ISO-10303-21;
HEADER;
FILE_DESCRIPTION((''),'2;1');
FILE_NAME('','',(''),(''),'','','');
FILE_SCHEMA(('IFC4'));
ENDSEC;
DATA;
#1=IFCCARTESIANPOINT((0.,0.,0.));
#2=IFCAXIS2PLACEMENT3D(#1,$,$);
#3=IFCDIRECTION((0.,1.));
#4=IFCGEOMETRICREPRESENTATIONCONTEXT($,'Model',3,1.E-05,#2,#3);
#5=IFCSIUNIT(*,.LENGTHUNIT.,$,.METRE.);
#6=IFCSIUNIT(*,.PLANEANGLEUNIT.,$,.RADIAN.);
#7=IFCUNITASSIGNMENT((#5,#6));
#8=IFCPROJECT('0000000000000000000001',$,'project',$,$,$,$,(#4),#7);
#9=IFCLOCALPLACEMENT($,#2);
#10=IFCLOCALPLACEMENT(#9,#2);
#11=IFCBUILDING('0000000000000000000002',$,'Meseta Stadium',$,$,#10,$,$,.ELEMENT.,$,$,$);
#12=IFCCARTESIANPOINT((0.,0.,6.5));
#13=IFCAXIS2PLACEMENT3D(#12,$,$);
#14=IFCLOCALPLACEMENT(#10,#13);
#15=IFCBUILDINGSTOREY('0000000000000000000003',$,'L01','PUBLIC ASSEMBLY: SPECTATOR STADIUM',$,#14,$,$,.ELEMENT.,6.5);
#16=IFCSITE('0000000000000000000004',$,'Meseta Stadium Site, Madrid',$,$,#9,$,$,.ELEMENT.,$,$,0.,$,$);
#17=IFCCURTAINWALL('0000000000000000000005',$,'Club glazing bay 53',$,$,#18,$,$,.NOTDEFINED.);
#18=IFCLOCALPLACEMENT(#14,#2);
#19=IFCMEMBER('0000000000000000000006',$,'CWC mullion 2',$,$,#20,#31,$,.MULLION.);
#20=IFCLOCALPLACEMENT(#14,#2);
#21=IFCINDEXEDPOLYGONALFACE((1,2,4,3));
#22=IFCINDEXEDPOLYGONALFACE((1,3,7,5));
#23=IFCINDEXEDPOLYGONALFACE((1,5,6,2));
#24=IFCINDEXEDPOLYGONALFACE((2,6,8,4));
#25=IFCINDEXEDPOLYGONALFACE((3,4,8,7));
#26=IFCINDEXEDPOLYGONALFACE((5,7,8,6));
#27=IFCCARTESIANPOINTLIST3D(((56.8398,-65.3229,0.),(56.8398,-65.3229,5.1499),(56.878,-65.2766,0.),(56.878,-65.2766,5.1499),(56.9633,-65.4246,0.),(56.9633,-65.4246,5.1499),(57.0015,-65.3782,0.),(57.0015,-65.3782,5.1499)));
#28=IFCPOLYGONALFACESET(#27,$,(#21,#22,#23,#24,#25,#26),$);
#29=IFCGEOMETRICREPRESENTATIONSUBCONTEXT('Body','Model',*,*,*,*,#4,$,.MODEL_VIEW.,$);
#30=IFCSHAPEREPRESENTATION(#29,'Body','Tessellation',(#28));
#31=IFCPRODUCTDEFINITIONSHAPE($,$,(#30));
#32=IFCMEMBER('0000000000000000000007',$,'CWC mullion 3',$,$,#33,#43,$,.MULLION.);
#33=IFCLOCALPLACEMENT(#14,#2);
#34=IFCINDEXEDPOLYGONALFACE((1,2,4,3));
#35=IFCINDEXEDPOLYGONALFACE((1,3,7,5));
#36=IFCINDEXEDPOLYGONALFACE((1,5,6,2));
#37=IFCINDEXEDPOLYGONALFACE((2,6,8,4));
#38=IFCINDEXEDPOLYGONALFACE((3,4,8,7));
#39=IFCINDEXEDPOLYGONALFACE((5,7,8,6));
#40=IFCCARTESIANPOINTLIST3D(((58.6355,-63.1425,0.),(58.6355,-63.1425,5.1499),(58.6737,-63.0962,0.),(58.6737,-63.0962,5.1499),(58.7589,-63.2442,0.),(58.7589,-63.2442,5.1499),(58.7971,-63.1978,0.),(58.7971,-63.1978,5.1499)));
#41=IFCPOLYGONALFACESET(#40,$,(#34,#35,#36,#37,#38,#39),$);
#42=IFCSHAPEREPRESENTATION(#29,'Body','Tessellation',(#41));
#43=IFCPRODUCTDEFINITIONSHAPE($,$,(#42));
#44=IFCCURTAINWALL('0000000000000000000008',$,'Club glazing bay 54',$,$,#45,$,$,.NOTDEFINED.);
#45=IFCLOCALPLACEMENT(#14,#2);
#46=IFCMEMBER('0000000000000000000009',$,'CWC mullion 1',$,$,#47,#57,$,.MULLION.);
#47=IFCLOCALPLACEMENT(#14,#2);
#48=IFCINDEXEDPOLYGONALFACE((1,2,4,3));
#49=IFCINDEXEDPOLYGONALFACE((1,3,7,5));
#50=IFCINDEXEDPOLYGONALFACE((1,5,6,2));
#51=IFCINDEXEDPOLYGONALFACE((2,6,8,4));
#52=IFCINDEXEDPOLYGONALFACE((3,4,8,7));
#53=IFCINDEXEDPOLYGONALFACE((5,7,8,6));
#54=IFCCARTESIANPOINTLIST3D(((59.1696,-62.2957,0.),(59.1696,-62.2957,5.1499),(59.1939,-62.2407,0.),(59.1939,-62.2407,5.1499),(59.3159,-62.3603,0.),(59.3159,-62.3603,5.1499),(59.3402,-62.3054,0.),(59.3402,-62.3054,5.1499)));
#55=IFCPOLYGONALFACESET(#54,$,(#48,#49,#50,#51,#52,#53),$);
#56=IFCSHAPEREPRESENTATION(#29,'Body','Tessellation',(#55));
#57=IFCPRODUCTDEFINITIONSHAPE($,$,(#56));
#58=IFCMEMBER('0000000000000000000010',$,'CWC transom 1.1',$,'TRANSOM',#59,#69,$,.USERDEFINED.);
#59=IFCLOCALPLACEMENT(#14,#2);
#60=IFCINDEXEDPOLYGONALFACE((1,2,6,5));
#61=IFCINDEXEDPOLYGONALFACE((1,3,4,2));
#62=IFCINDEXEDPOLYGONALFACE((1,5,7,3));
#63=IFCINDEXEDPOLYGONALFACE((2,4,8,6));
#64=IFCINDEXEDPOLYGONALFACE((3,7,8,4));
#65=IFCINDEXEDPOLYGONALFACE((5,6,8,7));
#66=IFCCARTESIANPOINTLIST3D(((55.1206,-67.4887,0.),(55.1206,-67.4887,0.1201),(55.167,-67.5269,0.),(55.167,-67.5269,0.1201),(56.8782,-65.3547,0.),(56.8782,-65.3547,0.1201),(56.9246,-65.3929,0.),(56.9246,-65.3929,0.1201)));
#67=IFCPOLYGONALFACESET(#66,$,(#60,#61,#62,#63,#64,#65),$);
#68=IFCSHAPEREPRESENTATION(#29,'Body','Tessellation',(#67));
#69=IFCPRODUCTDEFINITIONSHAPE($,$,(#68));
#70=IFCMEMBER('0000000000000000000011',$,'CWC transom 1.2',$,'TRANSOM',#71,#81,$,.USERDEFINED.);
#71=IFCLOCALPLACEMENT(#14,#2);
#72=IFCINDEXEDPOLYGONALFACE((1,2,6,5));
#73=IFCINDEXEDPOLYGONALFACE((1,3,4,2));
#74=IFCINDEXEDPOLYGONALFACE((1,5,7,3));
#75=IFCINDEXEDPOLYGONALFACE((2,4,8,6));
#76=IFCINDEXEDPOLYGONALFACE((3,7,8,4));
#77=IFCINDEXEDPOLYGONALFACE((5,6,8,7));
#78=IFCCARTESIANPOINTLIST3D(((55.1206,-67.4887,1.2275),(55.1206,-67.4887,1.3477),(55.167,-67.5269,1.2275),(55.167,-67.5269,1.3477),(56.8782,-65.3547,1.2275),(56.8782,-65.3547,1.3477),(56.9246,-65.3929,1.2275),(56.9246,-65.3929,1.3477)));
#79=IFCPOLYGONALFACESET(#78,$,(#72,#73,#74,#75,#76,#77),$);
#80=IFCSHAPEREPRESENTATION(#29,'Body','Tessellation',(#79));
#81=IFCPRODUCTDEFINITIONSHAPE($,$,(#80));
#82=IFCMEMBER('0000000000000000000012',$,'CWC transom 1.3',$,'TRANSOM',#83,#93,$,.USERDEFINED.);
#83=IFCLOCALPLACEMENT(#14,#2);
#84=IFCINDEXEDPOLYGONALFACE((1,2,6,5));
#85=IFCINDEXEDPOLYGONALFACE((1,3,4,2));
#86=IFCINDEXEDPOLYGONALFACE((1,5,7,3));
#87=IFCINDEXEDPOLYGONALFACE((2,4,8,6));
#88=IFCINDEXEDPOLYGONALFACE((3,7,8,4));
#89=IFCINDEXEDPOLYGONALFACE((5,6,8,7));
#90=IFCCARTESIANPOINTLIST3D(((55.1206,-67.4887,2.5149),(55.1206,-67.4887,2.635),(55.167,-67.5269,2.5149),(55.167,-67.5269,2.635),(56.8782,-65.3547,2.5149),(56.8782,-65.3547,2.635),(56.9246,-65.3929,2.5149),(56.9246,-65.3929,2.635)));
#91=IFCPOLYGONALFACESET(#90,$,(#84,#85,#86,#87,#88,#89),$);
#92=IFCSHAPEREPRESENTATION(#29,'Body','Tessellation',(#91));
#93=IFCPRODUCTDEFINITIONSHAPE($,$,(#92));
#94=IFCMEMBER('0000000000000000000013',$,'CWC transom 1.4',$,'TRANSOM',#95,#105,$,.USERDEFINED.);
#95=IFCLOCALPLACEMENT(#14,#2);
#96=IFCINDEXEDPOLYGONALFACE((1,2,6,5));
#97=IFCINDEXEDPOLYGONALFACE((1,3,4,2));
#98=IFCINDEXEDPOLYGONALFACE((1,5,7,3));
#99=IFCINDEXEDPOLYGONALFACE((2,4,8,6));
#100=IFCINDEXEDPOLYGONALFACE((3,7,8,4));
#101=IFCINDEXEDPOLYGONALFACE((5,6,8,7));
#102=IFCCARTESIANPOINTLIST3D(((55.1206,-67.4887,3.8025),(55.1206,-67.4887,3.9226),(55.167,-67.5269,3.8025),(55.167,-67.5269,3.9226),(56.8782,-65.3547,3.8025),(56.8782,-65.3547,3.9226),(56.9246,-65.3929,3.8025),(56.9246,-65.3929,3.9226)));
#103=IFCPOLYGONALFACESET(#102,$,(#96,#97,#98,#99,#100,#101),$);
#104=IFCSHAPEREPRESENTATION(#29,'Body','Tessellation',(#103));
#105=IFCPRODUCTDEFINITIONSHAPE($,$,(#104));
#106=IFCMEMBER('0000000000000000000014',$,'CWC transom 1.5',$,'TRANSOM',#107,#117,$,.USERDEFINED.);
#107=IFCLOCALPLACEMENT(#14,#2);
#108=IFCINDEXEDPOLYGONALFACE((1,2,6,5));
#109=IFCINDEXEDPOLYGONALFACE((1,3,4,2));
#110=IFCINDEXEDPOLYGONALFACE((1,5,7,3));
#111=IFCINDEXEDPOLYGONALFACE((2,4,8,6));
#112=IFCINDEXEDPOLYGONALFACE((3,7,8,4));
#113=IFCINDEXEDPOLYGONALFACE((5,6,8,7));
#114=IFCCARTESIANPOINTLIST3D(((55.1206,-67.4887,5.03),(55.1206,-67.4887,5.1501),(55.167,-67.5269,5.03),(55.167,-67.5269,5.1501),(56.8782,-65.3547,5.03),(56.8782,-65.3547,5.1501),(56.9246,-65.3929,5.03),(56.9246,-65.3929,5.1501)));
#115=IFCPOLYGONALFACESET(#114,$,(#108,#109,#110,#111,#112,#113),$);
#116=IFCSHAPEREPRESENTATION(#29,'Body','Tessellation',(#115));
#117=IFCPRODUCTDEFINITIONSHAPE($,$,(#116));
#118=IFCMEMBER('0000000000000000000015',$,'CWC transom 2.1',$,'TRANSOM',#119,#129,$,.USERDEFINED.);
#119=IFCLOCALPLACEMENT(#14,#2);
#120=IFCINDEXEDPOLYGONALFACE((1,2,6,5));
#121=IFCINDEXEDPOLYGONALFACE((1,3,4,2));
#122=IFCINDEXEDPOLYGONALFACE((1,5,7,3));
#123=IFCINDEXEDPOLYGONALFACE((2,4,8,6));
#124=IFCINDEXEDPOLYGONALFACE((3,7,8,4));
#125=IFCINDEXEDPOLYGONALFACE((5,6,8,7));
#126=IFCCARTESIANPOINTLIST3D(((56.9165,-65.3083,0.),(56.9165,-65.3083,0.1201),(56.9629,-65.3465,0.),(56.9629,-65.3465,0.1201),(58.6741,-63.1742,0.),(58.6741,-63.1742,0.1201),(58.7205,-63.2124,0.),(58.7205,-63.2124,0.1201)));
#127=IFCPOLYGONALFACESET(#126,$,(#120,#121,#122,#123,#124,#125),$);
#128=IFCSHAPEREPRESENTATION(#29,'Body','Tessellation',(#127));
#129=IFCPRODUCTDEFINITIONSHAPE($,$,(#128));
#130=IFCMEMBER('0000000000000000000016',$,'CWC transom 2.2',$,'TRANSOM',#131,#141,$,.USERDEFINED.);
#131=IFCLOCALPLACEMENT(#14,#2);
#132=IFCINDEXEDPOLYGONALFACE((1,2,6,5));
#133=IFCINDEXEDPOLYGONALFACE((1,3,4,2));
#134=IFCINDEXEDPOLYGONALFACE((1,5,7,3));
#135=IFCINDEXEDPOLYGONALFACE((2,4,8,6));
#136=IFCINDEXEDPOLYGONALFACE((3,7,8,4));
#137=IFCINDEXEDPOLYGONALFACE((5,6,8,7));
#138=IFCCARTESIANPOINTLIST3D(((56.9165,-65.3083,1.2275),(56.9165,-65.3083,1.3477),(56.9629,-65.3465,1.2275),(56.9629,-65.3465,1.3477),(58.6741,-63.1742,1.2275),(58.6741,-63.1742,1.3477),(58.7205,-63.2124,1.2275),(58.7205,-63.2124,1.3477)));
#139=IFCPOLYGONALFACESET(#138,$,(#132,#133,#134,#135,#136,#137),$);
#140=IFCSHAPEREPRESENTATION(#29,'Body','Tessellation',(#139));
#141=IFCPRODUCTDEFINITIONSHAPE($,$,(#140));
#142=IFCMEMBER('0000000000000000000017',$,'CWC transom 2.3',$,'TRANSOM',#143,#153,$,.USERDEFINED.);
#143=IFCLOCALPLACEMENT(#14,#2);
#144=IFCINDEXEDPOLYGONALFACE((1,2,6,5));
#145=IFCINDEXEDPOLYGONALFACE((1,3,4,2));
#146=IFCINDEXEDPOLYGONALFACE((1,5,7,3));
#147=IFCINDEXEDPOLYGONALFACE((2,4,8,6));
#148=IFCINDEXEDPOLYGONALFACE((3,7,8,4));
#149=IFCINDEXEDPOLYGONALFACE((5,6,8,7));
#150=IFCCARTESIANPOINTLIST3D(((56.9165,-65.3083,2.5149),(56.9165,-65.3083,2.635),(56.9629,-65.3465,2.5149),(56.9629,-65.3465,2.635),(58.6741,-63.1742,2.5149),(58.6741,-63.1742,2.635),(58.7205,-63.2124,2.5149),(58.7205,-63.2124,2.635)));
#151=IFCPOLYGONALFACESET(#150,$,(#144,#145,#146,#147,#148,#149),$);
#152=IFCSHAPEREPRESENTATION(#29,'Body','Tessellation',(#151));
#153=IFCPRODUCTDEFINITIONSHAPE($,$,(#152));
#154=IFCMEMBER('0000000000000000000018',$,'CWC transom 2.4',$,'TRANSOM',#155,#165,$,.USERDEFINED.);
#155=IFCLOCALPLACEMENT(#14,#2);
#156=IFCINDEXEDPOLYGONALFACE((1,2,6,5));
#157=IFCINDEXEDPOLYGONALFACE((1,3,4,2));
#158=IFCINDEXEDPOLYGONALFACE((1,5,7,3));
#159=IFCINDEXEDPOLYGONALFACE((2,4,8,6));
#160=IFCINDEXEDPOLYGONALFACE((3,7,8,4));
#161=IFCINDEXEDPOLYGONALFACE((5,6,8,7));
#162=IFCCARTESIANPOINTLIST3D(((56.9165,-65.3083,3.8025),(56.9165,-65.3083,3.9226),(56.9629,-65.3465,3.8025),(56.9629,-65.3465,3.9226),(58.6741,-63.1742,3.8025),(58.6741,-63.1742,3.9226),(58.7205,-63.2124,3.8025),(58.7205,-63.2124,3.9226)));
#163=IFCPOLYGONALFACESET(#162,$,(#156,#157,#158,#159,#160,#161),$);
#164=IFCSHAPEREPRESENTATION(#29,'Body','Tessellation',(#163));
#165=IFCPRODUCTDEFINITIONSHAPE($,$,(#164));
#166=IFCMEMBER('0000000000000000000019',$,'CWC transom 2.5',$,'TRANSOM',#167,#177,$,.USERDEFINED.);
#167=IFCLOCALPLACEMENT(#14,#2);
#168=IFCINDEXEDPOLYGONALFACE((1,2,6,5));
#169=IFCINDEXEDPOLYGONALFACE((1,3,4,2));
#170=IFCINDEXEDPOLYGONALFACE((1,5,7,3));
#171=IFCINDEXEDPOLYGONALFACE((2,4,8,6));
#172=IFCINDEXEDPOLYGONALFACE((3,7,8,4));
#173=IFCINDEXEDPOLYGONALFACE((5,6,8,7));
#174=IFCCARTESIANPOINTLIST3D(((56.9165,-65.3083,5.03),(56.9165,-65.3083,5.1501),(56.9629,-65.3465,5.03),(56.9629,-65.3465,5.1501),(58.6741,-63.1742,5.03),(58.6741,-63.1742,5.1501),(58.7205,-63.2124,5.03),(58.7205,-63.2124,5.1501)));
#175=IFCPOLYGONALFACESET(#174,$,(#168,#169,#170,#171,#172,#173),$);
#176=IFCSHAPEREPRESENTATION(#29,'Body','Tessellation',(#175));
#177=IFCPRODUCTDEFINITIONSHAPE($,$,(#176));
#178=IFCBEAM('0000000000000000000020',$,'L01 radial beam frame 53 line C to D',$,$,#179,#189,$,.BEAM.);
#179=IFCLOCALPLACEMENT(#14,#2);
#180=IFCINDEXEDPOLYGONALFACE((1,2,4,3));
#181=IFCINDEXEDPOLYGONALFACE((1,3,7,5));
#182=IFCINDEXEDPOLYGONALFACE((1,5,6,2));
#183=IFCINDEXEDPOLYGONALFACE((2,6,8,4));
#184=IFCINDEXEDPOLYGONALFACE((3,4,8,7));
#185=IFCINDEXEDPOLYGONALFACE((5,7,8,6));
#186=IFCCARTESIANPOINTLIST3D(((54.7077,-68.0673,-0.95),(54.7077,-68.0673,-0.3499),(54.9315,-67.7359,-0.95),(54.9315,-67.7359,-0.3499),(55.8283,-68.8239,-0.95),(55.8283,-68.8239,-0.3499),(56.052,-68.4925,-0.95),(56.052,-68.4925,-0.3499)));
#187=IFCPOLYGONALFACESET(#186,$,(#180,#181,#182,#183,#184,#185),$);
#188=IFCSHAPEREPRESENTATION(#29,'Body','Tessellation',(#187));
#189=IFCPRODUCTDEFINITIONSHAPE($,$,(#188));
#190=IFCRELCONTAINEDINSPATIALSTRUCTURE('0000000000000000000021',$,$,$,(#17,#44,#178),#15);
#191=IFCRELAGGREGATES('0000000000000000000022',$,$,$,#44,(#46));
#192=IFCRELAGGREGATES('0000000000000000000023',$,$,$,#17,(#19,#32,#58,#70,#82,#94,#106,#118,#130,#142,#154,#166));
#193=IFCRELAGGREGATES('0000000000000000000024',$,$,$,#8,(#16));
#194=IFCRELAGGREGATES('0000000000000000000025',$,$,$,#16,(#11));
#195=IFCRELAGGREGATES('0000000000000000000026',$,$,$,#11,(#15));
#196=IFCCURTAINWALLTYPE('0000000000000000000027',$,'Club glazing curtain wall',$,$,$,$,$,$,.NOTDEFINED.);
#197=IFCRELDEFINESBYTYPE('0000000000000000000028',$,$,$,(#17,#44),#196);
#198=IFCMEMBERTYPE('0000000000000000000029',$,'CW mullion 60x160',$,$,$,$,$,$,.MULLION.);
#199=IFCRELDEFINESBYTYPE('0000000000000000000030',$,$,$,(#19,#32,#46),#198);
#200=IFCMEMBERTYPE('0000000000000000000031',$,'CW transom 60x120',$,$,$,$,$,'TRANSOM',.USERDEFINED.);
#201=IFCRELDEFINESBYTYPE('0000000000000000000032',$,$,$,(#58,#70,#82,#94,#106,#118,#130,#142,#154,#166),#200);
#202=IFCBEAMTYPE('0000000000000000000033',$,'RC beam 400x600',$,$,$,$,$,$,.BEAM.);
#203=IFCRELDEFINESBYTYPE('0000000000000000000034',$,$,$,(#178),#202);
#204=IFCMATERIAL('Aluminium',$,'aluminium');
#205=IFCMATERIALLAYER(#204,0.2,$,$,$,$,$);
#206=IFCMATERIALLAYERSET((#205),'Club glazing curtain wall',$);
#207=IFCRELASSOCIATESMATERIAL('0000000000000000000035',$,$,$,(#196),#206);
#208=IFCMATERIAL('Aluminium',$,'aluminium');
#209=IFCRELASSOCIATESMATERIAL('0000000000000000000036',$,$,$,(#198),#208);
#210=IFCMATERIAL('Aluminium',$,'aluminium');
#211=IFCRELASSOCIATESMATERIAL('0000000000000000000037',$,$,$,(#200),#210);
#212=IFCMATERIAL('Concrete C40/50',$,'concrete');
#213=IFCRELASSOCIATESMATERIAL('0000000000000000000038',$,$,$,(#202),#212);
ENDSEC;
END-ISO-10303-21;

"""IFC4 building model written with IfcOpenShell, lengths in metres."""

from ifc_helpers import new_model, si_unit, direction, frame, origin, origin_2d, place, context, subcontext, project, spatial, rectangle, extrude, material, layer, layer_set, material_profile, profile_set, type_object, element, aggregate, save


model = new_model("IFC4")

# Units and contexts
model_context = context("Model", 3, precision=1e-05, world=origin(), true_north=direction((0.0, 1.0)))
body_context = subcontext(model_context, "Body", "Model", "MODEL_VIEW")
ifc_project = project(units=[si_unit("LENGTHUNIT", "METRE"), si_unit("PLANEANGLEUNIT", "RADIAN")], contexts=[model_context])

# Site, building, storey
site_placement = place(None, origin())
site = spatial("IfcSite", under=ifc_project, at=site_placement, Name="Meseta Stadium Site, Madrid", CompositionType="ELEMENT", RefElevation=0.0)
building_placement = place(site_placement, origin())
building = spatial("IfcBuilding", under=site, at=building_placement, Name="Meseta Stadium", CompositionType="ELEMENT")
storey_placement = place(building_placement, frame((0.0, 0.0, 6.5)))
storey = spatial("IfcBuildingStorey", under=building, at=storey_placement, Name="L01", Description="PUBLIC ASSEMBLY: SPECTATOR STADIUM", CompositionType="ELEMENT", Elevation=6.5)

# Shared definitions
ifc_material_1 = material(Name="Aluminium", Category="aluminium")
ifc_layer_1 = layer(ifc_material_1, 0.2)
ifc_layer_set_1 = layer_set([ifc_layer_1], Name="Club glazing curtain wall")
curtain_wall_type = type_object("IfcCurtainWallType", Name="Club glazing curtain wall", PredefinedType="NOTDEFINED", material=ifc_layer_set_1)
ifc_material_2 = material(Name="Aluminium", Category="aluminium")
ifc_material_profile_1 = material_profile(ifc_material_2, rectangle(XDim=0.1599, YDim=0.0601, at=origin_2d()), Name="CW 160x60")
ifc_profile_set_1 = profile_set([ifc_material_profile_1], Name="Aluminium")
member_type_1 = type_object("IfcMemberType", Name="CW mullion 60x160", PredefinedType="MULLION", material=ifc_profile_set_1)

# Curtain wall, members
curtain_wall_1_placement = place(storey_placement, origin())
curtain_wall_1 = element("IfcCurtainWall", 1, at=curtain_wall_1_placement, inside=storey, type_object=curtain_wall_type, Name="Club glazing bay 53", PredefinedType="NOTDEFINED")
member_1_placement = place(storey_placement, frame((56.9207, -65.3506, 0.0), z_axis=(0.0, 0.0, 1.0), x_axis=(-0.771902, 0.635741, 0.0)))
member_1 = element("IfcMember", 2, at=member_1_placement, type_object=member_type_1, Name="CWC mullion 2", PredefinedType="MULLION", context=body_context, shape_type="SweptSolid", body=[
    extrude(rectangle(XDim=0.1599, YDim=0.0601, at=origin_2d()), origin(), (0.0, 0.0, 1.0), 5.1499),
])
member_2_placement = place(storey_placement, frame((58.7163, -63.1702, 0.0), z_axis=(0.0, 0.0, 1.0), x_axis=(-0.771902, 0.635741, 0.0)))
member_2 = element("IfcMember", 3, at=member_2_placement, type_object=member_type_1, Name="CWC mullion 3", PredefinedType="MULLION", context=body_context, shape_type="SweptSolid", body=[
    extrude(rectangle(XDim=0.1599, YDim=0.0601, at=origin_2d()), origin(), (0.0, 0.0, 1.0), 5.1499),
])

# Curtain wall, member
curtain_wall_2_placement = place(storey_placement, origin())
curtain_wall_2 = element("IfcCurtainWall", 4, at=curtain_wall_2_placement, inside=storey, type_object=curtain_wall_type, Name="Club glazing bay 54", PredefinedType="NOTDEFINED")
member_3_placement = place(storey_placement, frame((59.2549, -62.3005, 0.0), z_axis=(0.0, 0.0, 1.0), x_axis=(-0.914657, 0.40423, 0.0)))
member_3 = element("IfcMember", 5, at=member_3_placement, type_object=member_type_1, Name="CWC mullion 1", PredefinedType="MULLION", context=body_context, shape_type="SweptSolid", body=[
    extrude(rectangle(XDim=0.1599, YDim=0.0601, at=origin_2d()), origin(), (0.0, 0.0, 1.0), 5.1499),
])
aggregate(curtain_wall_2, [member_3])

# Members
ifc_material_3 = material(Name="Aluminium", Category="aluminium")
ifc_material_profile_2 = material_profile(ifc_material_3, rectangle(XDim=0.0601, YDim=0.1201, at=origin_2d()), Name="CW 60x120")
ifc_profile_set_2 = profile_set([ifc_material_profile_2], Name="Aluminium")
member_type_2 = type_object("IfcMemberType", Name="CW transom 60x120", ElementType="TRANSOM", PredefinedType="USERDEFINED", material=ifc_profile_set_2)
member_4_placement = place(storey_placement, frame((55.1438, -67.5078, 0.0601), z_axis=(0.635735, 0.771907, 0.0), x_axis=(-0.771907, 0.635735, 0.0)))
member_4 = element("IfcMember", 6, at=member_4_placement, type_object=member_type_2, Name="CWC transom 1.1", ObjectType="TRANSOM", PredefinedType="USERDEFINED", context=body_context, shape_type="SweptSolid", body=[
    extrude(rectangle(XDim=0.0601, YDim=0.1201, at=origin_2d()), origin(), (0.0, 0.0, 1.0), 2.7646),
])
member_5_placement = place(storey_placement, frame((55.1438, -67.5078, 1.2876), z_axis=(0.635735, 0.771907, 0.0), x_axis=(-0.771907, 0.635735, 0.0)))
member_5 = element("IfcMember", 7, at=member_5_placement, type_object=member_type_2, Name="CWC transom 1.2", ObjectType="TRANSOM", PredefinedType="USERDEFINED", context=body_context, shape_type="SweptSolid", body=[
    extrude(rectangle(XDim=0.0601, YDim=0.1201, at=origin_2d()), origin(), (0.0, 0.0, 1.0), 2.7646),
])
member_6_placement = place(storey_placement, frame((55.1438, -67.5078, 2.575), z_axis=(0.635735, 0.771907, 0.0), x_axis=(-0.771907, 0.635735, 0.0)))
member_6 = element("IfcMember", 8, at=member_6_placement, type_object=member_type_2, Name="CWC transom 1.3", ObjectType="TRANSOM", PredefinedType="USERDEFINED", context=body_context, shape_type="SweptSolid", body=[
    extrude(rectangle(XDim=0.0601, YDim=0.1201, at=origin_2d()), origin(), (0.0, 0.0, 1.0), 2.7646),
])
member_7_placement = place(storey_placement, frame((55.1438, -67.5078, 3.8625), z_axis=(0.635735, 0.771907, 0.0), x_axis=(-0.771907, 0.635735, 0.0)))
member_7 = element("IfcMember", 9, at=member_7_placement, type_object=member_type_2, Name="CWC transom 1.4", ObjectType="TRANSOM", PredefinedType="USERDEFINED", context=body_context, shape_type="SweptSolid", body=[
    extrude(rectangle(XDim=0.0601, YDim=0.1201, at=origin_2d()), origin(), (0.0, 0.0, 1.0), 2.7646),
])
member_8_placement = place(storey_placement, frame((55.1438, -67.5078, 5.0901), z_axis=(0.635735, 0.771907, 0.0), x_axis=(-0.771907, 0.635735, 0.0)))
member_8 = element("IfcMember", 10, at=member_8_placement, type_object=member_type_2, Name="CWC transom 1.5", ObjectType="TRANSOM", PredefinedType="USERDEFINED", context=body_context, shape_type="SweptSolid", body=[
    extrude(rectangle(XDim=0.0601, YDim=0.1201, at=origin_2d()), origin(), (0.0, 0.0, 1.0), 2.7646),
])
member_9_placement = place(storey_placement, frame((56.9397, -65.3274, 0.0601), z_axis=(0.635735, 0.771907, 0.0), x_axis=(-0.771907, 0.635735, 0.0)))
member_9 = element("IfcMember", 11, at=member_9_placement, type_object=member_type_2, Name="CWC transom 2.1", ObjectType="TRANSOM", PredefinedType="USERDEFINED", context=body_context, shape_type="SweptSolid", body=[
    extrude(rectangle(XDim=0.0601, YDim=0.1201, at=origin_2d()), origin(), (0.0, 0.0, 1.0), 2.7646),
])
member_10_placement = place(storey_placement, frame((56.9397, -65.3274, 1.2876), z_axis=(0.635735, 0.771907, 0.0), x_axis=(-0.771907, 0.635735, 0.0)))
member_10 = element("IfcMember", 12, at=member_10_placement, type_object=member_type_2, Name="CWC transom 2.2", ObjectType="TRANSOM", PredefinedType="USERDEFINED", context=body_context, shape_type="SweptSolid", body=[
    extrude(rectangle(XDim=0.0601, YDim=0.1201, at=origin_2d()), origin(), (0.0, 0.0, 1.0), 2.7646),
])
member_11_placement = place(storey_placement, frame((56.9397, -65.3274, 2.575), z_axis=(0.635735, 0.771907, 0.0), x_axis=(-0.771907, 0.635735, 0.0)))
member_11 = element("IfcMember", 13, at=member_11_placement, type_object=member_type_2, Name="CWC transom 2.3", ObjectType="TRANSOM", PredefinedType="USERDEFINED", context=body_context, shape_type="SweptSolid", body=[
    extrude(rectangle(XDim=0.0601, YDim=0.1201, at=origin_2d()), origin(), (0.0, 0.0, 1.0), 2.7646),
])
member_12_placement = place(storey_placement, frame((56.9397, -65.3274, 3.8625), z_axis=(0.635735, 0.771907, 0.0), x_axis=(-0.771907, 0.635735, 0.0)))
member_12 = element("IfcMember", 14, at=member_12_placement, type_object=member_type_2, Name="CWC transom 2.4", ObjectType="TRANSOM", PredefinedType="USERDEFINED", context=body_context, shape_type="SweptSolid", body=[
    extrude(rectangle(XDim=0.0601, YDim=0.1201, at=origin_2d()), origin(), (0.0, 0.0, 1.0), 2.7646),
])
member_13_placement = place(storey_placement, frame((56.9397, -65.3274, 5.0901), z_axis=(0.635735, 0.771907, 0.0), x_axis=(-0.771907, 0.635735, 0.0)))
member_13 = element("IfcMember", 15, at=member_13_placement, type_object=member_type_2, Name="CWC transom 2.5", ObjectType="TRANSOM", PredefinedType="USERDEFINED", context=body_context, shape_type="SweptSolid", body=[
    extrude(rectangle(XDim=0.0601, YDim=0.1201, at=origin_2d()), origin(), (0.0, 0.0, 1.0), 2.7646),
])

# Beam
ifc_material_4 = material(Name="Concrete C40/50", Category="concrete")
ifc_material_profile_3 = material_profile(ifc_material_4, rectangle(XDim=0.3999, YDim=0.6001, at=origin_2d()), Name="RC 400x600")
ifc_profile_set_3 = profile_set([ifc_material_profile_3], Name="Concrete C40/50")
beam_type_1 = type_object("IfcBeamType", Name="RC beam 400x600", PredefinedType="BEAM", material=ifc_profile_set_3)
beam_1_placement = place(storey_placement, frame((54.8196, -67.9016, -0.6499), z_axis=(0.828786, -0.559566, 0.0), x_axis=(0.559566, 0.828786, 0.0)))
element("IfcBeam", 16, at=beam_1_placement, inside=storey, type_object=beam_type_1, Name="L01 radial beam frame 53 line C to D", PredefinedType="BEAM", context=body_context, shape_type="SweptSolid", body=[
    extrude(rectangle(XDim=0.3999, YDim=0.6001, at=origin_2d()), origin(), (0.0, 0.0, 1.0), 1.3521),
])

aggregate(curtain_wall_1, [member_1, member_2, member_4, member_5, member_6, member_7, member_8, member_9, member_10, member_11, member_12, member_13])

save(model, "model.ifc")
